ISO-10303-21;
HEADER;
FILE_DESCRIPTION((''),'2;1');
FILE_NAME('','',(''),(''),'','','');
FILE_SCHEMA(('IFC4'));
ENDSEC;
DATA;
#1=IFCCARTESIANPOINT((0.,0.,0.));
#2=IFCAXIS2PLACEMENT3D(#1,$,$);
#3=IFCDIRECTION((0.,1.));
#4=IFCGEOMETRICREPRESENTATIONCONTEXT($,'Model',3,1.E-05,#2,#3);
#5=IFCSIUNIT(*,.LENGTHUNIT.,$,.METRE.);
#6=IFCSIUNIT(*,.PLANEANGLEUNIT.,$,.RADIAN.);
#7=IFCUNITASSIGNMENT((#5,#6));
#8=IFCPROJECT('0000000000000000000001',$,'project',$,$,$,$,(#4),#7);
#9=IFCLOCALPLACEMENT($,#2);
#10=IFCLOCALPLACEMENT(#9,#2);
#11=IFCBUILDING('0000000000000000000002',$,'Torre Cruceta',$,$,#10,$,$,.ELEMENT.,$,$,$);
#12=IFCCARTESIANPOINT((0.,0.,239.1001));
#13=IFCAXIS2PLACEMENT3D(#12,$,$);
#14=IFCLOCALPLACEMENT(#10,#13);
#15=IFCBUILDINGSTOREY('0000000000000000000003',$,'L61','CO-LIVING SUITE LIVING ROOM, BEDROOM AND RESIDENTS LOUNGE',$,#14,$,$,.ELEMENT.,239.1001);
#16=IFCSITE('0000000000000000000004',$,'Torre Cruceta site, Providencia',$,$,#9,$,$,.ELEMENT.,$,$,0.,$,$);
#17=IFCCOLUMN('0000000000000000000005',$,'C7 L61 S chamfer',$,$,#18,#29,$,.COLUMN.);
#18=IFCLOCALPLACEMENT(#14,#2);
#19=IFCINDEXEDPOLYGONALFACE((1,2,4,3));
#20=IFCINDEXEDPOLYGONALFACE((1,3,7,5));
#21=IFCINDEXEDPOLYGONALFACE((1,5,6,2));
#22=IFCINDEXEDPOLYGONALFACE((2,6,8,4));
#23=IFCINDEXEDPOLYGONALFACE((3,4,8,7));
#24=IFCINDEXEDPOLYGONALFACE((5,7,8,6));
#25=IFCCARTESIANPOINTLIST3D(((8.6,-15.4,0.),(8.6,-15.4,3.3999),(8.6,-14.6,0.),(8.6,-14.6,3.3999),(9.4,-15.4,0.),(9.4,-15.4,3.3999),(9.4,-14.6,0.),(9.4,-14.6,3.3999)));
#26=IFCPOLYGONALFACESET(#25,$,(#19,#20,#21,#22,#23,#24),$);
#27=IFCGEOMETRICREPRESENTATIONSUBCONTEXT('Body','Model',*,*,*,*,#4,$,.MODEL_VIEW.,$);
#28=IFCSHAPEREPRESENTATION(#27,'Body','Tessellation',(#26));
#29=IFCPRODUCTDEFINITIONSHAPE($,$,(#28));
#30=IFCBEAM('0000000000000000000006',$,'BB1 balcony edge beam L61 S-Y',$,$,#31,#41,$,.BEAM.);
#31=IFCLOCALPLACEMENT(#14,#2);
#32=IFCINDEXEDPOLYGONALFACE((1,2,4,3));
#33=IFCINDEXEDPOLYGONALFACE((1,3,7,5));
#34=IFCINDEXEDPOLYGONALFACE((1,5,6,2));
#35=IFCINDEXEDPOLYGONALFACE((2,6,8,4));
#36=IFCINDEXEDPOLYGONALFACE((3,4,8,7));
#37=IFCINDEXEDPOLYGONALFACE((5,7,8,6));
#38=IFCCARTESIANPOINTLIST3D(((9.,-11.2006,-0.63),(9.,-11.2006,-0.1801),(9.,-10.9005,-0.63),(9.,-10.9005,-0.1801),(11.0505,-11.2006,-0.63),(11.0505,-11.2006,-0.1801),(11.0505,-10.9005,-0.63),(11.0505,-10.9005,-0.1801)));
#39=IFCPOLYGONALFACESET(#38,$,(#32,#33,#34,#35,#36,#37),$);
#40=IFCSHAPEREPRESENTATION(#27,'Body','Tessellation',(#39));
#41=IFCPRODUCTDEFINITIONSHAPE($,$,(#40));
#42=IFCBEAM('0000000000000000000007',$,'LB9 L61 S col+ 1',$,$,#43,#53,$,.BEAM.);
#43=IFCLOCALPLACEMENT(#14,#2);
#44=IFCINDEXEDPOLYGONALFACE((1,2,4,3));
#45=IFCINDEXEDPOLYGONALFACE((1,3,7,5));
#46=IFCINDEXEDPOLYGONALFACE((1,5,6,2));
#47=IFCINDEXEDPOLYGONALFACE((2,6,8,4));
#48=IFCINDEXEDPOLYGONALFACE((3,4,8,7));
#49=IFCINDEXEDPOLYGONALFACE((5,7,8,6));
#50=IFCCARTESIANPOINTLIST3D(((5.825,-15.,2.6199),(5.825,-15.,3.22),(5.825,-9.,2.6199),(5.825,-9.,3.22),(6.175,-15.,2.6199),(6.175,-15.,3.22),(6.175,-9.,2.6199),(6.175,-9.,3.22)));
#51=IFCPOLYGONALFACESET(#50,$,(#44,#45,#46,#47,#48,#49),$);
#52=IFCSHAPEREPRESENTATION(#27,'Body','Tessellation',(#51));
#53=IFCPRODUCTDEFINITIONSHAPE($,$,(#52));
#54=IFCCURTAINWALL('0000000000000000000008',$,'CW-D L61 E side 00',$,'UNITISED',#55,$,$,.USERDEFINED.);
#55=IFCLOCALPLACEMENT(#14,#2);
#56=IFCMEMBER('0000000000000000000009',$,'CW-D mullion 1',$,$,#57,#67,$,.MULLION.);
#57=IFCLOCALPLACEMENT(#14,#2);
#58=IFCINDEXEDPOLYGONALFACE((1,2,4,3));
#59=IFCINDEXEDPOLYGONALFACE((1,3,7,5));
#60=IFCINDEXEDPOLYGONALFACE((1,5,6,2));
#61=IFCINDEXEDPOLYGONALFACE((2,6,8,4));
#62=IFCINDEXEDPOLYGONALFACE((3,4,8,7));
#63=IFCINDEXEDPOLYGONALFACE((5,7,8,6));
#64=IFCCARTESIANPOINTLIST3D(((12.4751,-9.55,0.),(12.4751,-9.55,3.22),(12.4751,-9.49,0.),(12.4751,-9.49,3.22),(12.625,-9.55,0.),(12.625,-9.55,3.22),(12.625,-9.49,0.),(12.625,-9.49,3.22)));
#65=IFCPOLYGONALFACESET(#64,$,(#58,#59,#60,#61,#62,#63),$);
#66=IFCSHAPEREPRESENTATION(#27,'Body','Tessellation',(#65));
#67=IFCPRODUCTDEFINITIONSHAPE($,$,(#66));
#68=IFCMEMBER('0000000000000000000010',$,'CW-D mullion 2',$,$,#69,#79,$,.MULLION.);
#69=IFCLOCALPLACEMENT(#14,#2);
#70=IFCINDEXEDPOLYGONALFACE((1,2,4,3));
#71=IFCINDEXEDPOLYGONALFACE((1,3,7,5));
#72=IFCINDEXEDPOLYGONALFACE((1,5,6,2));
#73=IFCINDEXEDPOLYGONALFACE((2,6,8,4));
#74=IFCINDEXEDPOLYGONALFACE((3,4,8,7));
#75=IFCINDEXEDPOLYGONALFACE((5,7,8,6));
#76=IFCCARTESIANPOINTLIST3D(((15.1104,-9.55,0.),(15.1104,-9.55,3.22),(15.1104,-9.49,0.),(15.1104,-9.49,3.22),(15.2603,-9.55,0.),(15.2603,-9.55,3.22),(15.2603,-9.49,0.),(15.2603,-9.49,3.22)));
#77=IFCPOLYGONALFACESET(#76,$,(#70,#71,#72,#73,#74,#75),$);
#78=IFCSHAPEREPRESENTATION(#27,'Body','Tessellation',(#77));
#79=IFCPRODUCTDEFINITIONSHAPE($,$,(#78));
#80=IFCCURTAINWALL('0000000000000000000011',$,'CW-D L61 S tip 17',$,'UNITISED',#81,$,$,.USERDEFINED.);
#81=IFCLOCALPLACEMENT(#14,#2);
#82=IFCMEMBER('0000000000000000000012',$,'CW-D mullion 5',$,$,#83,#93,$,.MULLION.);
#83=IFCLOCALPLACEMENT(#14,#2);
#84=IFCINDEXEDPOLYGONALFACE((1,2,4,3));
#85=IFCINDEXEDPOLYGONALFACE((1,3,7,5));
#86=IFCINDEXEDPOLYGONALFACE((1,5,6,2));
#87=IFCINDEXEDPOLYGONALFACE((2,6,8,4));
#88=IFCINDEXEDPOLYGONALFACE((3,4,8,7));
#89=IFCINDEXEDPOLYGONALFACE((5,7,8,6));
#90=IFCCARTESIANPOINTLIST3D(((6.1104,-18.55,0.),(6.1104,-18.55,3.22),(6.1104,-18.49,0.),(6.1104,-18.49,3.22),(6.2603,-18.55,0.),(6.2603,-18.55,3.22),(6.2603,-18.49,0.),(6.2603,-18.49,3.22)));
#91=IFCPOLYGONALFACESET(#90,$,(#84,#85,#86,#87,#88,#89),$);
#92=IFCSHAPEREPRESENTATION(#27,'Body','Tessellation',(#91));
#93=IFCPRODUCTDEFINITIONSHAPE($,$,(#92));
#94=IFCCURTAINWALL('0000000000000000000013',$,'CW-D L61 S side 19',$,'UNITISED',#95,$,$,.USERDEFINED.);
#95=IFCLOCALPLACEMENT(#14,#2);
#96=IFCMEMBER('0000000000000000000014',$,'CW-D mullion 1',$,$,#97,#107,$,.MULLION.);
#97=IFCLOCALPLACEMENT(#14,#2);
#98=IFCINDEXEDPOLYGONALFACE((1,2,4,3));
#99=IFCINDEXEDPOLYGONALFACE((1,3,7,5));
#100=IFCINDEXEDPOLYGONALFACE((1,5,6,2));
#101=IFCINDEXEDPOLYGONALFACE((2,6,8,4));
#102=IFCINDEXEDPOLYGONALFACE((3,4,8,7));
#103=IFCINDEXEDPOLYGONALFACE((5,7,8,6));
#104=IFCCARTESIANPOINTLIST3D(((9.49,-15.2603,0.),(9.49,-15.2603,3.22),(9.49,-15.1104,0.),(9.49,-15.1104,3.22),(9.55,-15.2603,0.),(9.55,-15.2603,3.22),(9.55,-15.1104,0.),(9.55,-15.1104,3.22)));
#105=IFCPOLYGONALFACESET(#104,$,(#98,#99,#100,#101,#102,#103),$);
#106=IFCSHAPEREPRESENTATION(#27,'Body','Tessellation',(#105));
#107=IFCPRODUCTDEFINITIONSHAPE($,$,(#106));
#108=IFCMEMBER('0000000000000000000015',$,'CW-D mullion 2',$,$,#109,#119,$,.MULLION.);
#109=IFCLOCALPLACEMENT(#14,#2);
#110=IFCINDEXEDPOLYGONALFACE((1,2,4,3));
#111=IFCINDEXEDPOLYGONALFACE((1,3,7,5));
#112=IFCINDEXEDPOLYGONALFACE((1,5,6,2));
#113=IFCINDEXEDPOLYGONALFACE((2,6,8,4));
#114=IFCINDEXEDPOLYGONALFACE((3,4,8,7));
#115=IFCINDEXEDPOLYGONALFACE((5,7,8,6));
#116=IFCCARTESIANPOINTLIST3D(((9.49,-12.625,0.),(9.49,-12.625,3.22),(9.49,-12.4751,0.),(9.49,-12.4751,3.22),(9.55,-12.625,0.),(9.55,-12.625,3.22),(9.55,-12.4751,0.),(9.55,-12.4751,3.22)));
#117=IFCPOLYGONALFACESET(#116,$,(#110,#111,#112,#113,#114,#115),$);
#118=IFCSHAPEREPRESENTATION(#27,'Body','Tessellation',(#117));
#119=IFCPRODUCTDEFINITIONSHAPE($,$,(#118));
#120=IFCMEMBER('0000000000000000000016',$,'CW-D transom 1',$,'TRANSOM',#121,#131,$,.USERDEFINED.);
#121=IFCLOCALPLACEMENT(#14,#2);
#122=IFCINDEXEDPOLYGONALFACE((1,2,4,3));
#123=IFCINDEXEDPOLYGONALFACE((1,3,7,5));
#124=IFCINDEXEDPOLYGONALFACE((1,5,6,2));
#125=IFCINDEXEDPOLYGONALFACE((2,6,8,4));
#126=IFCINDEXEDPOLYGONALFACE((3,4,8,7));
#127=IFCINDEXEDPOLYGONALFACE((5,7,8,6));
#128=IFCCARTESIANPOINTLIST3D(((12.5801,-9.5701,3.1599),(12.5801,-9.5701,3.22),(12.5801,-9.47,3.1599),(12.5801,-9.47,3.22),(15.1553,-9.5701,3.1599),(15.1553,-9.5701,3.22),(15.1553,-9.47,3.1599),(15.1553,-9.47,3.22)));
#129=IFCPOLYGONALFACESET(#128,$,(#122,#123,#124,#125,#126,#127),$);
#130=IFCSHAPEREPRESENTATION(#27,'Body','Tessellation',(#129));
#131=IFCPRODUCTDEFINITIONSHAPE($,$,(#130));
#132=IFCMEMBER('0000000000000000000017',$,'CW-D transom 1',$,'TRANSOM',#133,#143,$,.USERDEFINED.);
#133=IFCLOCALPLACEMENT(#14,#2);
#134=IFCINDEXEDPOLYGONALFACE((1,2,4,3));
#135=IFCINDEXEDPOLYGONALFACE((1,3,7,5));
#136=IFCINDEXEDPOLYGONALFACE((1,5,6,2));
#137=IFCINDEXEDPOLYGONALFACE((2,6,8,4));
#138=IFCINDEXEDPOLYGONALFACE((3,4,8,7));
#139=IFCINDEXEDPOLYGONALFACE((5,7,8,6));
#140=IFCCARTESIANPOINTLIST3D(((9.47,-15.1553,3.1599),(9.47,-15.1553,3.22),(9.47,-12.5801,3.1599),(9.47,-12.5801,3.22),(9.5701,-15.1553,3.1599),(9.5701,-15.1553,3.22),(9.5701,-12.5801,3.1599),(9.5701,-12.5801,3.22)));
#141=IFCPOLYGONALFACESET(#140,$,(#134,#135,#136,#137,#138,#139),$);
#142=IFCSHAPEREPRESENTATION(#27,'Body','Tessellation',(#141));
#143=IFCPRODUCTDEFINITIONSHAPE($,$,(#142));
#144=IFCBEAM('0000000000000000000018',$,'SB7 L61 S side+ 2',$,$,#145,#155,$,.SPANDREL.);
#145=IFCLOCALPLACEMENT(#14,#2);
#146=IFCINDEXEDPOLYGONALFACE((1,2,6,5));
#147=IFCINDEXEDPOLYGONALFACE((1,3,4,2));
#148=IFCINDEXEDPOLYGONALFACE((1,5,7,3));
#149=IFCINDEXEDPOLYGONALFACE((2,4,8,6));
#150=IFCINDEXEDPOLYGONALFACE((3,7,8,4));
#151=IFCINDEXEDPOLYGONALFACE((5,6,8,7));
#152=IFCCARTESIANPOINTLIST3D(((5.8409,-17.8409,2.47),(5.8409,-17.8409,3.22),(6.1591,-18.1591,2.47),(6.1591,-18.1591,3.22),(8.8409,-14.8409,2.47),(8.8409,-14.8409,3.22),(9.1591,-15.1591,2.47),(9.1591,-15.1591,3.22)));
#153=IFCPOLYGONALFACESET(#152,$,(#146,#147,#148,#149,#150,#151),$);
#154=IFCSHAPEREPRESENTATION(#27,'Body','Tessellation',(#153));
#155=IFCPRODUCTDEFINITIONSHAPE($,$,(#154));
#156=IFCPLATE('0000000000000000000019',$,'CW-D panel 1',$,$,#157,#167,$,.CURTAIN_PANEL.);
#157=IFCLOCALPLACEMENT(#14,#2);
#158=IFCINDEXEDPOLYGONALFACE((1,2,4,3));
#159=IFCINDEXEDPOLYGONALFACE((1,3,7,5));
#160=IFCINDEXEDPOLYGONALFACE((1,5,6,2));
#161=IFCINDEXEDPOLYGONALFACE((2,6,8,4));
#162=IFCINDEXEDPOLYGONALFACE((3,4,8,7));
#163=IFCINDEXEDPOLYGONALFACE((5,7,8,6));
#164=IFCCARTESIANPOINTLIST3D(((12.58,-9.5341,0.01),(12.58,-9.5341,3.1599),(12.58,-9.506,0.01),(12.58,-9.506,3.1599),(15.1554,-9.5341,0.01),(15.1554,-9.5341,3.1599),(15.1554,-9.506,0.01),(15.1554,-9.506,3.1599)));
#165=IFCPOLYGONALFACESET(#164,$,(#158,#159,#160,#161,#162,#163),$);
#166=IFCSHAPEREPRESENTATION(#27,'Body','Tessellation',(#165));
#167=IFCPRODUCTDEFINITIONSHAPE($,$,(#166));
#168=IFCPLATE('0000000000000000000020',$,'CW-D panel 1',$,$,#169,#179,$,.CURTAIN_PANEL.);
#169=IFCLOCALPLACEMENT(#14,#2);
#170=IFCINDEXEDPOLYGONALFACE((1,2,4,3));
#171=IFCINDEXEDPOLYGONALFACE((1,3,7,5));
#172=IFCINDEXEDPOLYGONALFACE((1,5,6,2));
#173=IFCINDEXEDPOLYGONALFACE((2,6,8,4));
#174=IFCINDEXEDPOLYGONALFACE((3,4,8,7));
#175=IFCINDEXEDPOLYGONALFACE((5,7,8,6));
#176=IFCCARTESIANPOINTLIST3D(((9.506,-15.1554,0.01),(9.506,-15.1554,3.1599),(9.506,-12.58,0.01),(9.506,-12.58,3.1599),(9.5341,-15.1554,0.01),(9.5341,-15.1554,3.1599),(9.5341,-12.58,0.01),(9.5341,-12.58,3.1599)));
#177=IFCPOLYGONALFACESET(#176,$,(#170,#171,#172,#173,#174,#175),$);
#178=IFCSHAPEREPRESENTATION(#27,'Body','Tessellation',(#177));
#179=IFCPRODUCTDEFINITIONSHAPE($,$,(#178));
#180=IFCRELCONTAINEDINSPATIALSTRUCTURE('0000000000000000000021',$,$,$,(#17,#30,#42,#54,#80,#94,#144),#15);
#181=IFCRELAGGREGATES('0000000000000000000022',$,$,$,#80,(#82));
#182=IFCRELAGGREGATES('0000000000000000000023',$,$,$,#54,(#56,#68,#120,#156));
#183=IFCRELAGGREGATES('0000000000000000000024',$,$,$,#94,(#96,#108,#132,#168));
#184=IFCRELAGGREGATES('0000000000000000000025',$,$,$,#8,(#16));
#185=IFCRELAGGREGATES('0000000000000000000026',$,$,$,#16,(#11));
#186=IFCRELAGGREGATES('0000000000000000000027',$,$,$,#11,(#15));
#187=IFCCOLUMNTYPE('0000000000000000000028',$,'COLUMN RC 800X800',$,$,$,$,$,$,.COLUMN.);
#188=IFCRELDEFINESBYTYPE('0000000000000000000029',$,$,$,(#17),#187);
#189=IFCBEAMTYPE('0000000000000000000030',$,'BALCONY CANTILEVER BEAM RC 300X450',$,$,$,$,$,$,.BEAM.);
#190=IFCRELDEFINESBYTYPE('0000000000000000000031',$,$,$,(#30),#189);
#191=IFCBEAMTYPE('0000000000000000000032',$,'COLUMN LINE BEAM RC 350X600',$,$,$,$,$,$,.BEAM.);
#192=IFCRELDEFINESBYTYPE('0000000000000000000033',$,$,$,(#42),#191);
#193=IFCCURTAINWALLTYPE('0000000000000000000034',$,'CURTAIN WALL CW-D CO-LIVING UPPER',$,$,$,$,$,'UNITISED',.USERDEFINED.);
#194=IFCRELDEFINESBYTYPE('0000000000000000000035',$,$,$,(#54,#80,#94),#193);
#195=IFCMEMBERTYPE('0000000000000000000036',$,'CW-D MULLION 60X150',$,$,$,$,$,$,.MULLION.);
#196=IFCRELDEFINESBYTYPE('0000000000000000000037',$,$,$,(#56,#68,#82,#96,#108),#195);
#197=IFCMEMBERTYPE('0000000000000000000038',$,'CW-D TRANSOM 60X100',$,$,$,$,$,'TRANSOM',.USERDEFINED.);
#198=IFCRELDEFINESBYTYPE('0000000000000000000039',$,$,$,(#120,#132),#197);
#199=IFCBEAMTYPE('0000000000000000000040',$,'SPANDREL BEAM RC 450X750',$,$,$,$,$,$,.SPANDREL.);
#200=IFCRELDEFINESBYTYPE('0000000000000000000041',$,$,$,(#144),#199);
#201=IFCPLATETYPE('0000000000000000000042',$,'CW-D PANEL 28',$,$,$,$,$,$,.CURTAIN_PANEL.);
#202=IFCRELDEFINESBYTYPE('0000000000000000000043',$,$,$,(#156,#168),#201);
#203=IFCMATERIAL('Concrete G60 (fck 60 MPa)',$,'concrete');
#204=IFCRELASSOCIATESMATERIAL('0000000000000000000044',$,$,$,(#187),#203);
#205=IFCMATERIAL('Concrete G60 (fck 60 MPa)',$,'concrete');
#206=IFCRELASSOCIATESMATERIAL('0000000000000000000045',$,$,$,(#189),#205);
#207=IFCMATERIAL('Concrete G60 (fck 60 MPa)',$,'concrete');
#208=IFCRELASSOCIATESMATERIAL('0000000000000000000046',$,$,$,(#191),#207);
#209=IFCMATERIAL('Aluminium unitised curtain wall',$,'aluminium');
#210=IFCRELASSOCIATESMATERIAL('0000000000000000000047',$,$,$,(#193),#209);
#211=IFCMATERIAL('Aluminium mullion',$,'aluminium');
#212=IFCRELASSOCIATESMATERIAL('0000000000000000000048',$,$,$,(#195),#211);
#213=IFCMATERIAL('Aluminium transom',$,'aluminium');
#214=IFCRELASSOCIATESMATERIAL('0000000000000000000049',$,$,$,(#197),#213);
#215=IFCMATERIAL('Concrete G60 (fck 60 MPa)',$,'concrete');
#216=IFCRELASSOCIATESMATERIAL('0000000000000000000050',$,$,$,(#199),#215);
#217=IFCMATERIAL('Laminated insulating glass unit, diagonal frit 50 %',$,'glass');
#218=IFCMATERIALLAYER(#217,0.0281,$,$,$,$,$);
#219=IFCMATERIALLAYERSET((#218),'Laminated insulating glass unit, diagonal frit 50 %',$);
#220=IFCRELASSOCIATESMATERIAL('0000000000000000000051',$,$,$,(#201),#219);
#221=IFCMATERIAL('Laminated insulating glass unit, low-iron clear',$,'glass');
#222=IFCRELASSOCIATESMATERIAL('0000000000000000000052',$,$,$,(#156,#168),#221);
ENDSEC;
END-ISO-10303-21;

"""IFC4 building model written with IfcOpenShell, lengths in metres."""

from ifc_helpers import new_model, si_unit, direction, frame, origin, origin_2d, place, context, subcontext, project, spatial, rectangle, extrude, material, layer, layer_set, material_profile, profile_set, type_object, element, aggregate, save


model = new_model("IFC4")

# Units and contexts
model_context = context("Model", 3, precision=1e-05, world=origin(), true_north=direction((0.0, 1.0)))
body_context = subcontext(model_context, "Body", "Model", "MODEL_VIEW")
ifc_project = project(units=[si_unit("LENGTHUNIT", "METRE"), si_unit("PLANEANGLEUNIT", "RADIAN")], contexts=[model_context])

# Site, building, storey
site_placement = place(None, origin())
site = spatial("IfcSite", under=ifc_project, at=site_placement, Name="Torre Cruceta site, Providencia", CompositionType="ELEMENT", RefElevation=0.0)
building_placement = place(site_placement, origin())
building = spatial("IfcBuilding", under=site, at=building_placement, Name="Torre Cruceta", CompositionType="ELEMENT")
storey_placement = place(building_placement, frame((0.0, 0.0, 239.1001)))
storey = spatial("IfcBuildingStorey", under=building, at=storey_placement, Name="L61", Description="CO-LIVING SUITE LIVING ROOM, BEDROOM AND RESIDENTS LOUNGE", CompositionType="ELEMENT", Elevation=239.1001)

# Column
ifc_material_1 = material(Name="Concrete G60 (fck 60 MPa)", Category="concrete")
ifc_material_profile_1 = material_profile(ifc_material_1, rectangle(XDim=0.8, YDim=0.8, at=origin_2d()), Name="RC 800X800")
ifc_profile_set_1 = profile_set([ifc_material_profile_1], Name="Concrete G60 (fck 60 MPa)")
column_type = type_object("IfcColumnType", Name="COLUMN RC 800X800", PredefinedType="COLUMN", material=ifc_profile_set_1)
column_placement = place(storey_placement, frame((9.0, -15.0, 0.0), z_axis=(0.0, 0.0, 1.0), x_axis=(1.0, 0.0, 0.0)))
element("IfcColumn", 1, at=column_placement, inside=storey, type_object=column_type, Name="C7 L61 S chamfer", PredefinedType="COLUMN", context=body_context, shape_type="SweptSolid", body=[
    extrude(rectangle(XDim=0.8, YDim=0.8, at=origin_2d()), origin(), (0.0, 0.0, 1.0), 3.3999),
])

# Beams
ifc_material_2 = material(Name="Concrete G60 (fck 60 MPa)", Category="concrete")
ifc_material_profile_2 = material_profile(ifc_material_2, rectangle(XDim=0.3, YDim=0.45, at=origin_2d()), Name="RC 300X450")
ifc_profile_set_2 = profile_set([ifc_material_profile_2], Name="Concrete G60 (fck 60 MPa)")
beam_type_1 = type_object("IfcBeamType", Name="BALCONY CANTILEVER BEAM RC 300X450", PredefinedType="BEAM", material=ifc_profile_set_2)
beam_1_placement = place(storey_placement, frame((9.0, -11.0505, -0.405), z_axis=(1.0, 0.0, 0.0), x_axis=(0.0, 1.0, 0.0)))
element("IfcBeam", 2, at=beam_1_placement, inside=storey, type_object=beam_type_1, Name="BB1 balcony edge beam L61 S-Y", PredefinedType="BEAM", context=body_context, shape_type="SweptSolid", body=[
    extrude(rectangle(XDim=0.3, YDim=0.45, at=origin_2d()), origin(), (0.0, 0.0, 1.0), 2.0505),
])
ifc_material_3 = material(Name="Concrete G60 (fck 60 MPa)", Category="concrete")
ifc_material_profile_3 = material_profile(ifc_material_3, rectangle(XDim=0.3501, YDim=0.6001, at=origin_2d()), Name="RC 350X600")
ifc_profile_set_3 = profile_set([ifc_material_profile_3], Name="Concrete G60 (fck 60 MPa)")
beam_type_2 = type_object("IfcBeamType", Name="COLUMN LINE BEAM RC 350X600", PredefinedType="BEAM", material=ifc_profile_set_3)
beam_2_placement = place(storey_placement, frame((6.0, -9.0, 2.9199), z_axis=(0.0, -1.0, 0.0), x_axis=(1.0, 0.0, 0.0)))
element("IfcBeam", 3, at=beam_2_placement, inside=storey, type_object=beam_type_2, Name="LB9 L61 S col+ 1", PredefinedType="BEAM", context=body_context, shape_type="SweptSolid", body=[
    extrude(rectangle(XDim=0.3501, YDim=0.6001, at=origin_2d()), origin(), (0.0, 0.0, 1.0), 6.0),
])

# Curtain wall, members
ifc_material_4 = material(Name="Aluminium unitised curtain wall", Category="aluminium")
curtain_wall_type = type_object("IfcCurtainWallType", Name="CURTAIN WALL CW-D CO-LIVING UPPER", ElementType="UNITISED", PredefinedType="USERDEFINED", material=ifc_material_4)
curtain_wall_1_placement = place(storey_placement, origin())
curtain_wall_1 = element("IfcCurtainWall", 4, at=curtain_wall_1_placement, inside=storey, type_object=curtain_wall_type, Name="CW-D L61 E side 00", ObjectType="UNITISED", PredefinedType="USERDEFINED")
ifc_material_5 = material(Name="Aluminium mullion", Category="aluminium")
ifc_material_profile_4 = material_profile(ifc_material_5, rectangle(XDim=0.0601, YDim=0.1499, at=origin_2d()), Name="AL 60X150")
ifc_profile_set_4 = profile_set([ifc_material_profile_4], Name="Aluminium mullion")
member_type_1 = type_object("IfcMemberType", Name="CW-D MULLION 60X150", PredefinedType="MULLION", material=ifc_profile_set_4)
member_1_placement = place(storey_placement, frame((12.55, -9.52, 0.0), z_axis=(0.0, 0.0, 1.0), x_axis=(0.0, 1.0, 0.0)))
member_1 = element("IfcMember", 5, at=member_1_placement, type_object=member_type_1, Name="CW-D mullion 1", PredefinedType="MULLION", context=body_context, shape_type="SweptSolid", body=[
    extrude(rectangle(XDim=0.0601, YDim=0.1499, at=origin_2d()), origin(), (0.0, 0.0, 1.0), 3.22),
])
member_2_placement = place(storey_placement, frame((15.1853, -9.52, 0.0), z_axis=(0.0, 0.0, 1.0), x_axis=(0.0, 1.0, 0.0)))
member_2 = element("IfcMember", 6, at=member_2_placement, type_object=member_type_1, Name="CW-D mullion 2", PredefinedType="MULLION", context=body_context, shape_type="SweptSolid", body=[
    extrude(rectangle(XDim=0.0601, YDim=0.1499, at=origin_2d()), origin(), (0.0, 0.0, 1.0), 3.22),
])

# Curtain wall, member
curtain_wall_2_placement = place(storey_placement, origin())
curtain_wall_2 = element("IfcCurtainWall", 7, at=curtain_wall_2_placement, inside=storey, type_object=curtain_wall_type, Name="CW-D L61 S tip 17", ObjectType="UNITISED", PredefinedType="USERDEFINED")
member_3_placement = place(storey_placement, frame((6.1853, -18.52, 0.0), z_axis=(0.0, 0.0, 1.0), x_axis=(0.0, 1.0, 0.0)))
member_3 = element("IfcMember", 8, at=member_3_placement, type_object=member_type_1, Name="CW-D mullion 5", PredefinedType="MULLION", context=body_context, shape_type="SweptSolid", body=[
    extrude(rectangle(XDim=0.0601, YDim=0.1499, at=origin_2d()), origin(), (0.0, 0.0, 1.0), 3.22),
])
aggregate(curtain_wall_2, [member_3])

# Curtain wall, members
curtain_wall_3_placement = place(storey_placement, origin())
curtain_wall_3 = element("IfcCurtainWall", 9, at=curtain_wall_3_placement, inside=storey, type_object=curtain_wall_type, Name="CW-D L61 S side 19", ObjectType="UNITISED", PredefinedType="USERDEFINED")
member_4_placement = place(storey_placement, frame((9.52, -15.1853, 0.0), z_axis=(0.0, 0.0, 1.0), x_axis=(-1.0, 0.0, 0.0)))
member_4 = element("IfcMember", 10, at=member_4_placement, type_object=member_type_1, Name="CW-D mullion 1", PredefinedType="MULLION", context=body_context, shape_type="SweptSolid", body=[
    extrude(rectangle(XDim=0.0601, YDim=0.1499, at=origin_2d()), origin(), (0.0, 0.0, 1.0), 3.22),
])
member_5_placement = place(storey_placement, frame((9.52, -12.55, 0.0), z_axis=(0.0, 0.0, 1.0), x_axis=(-1.0, 0.0, 0.0)))
member_5 = element("IfcMember", 11, at=member_5_placement, type_object=member_type_1, Name="CW-D mullion 2", PredefinedType="MULLION", context=body_context, shape_type="SweptSolid", body=[
    extrude(rectangle(XDim=0.0601, YDim=0.1499, at=origin_2d()), origin(), (0.0, 0.0, 1.0), 3.22),
])

# Members
ifc_material_6 = material(Name="Aluminium transom", Category="aluminium")
ifc_material_profile_5 = material_profile(ifc_material_6, rectangle(XDim=0.1001, YDim=0.0601, at=origin_2d()), Name="AL 100X60")
ifc_profile_set_5 = profile_set([ifc_material_profile_5], Name="Aluminium transom")
member_type_2 = type_object("IfcMemberType", Name="CW-D TRANSOM 60X100", ElementType="TRANSOM", PredefinedType="USERDEFINED", material=ifc_profile_set_5)
member_6_placement = place(storey_placement, frame((12.5801, -9.52, 3.1899), z_axis=(1.0, 0.0, 0.0), x_axis=(0.0, 1.0, 0.0)))
member_6 = element("IfcMember", 12, at=member_6_placement, type_object=member_type_2, Name="CW-D transom 1", ObjectType="TRANSOM", PredefinedType="USERDEFINED", context=body_context, shape_type="SweptSolid", body=[
    extrude(rectangle(XDim=0.1001, YDim=0.0601, at=origin_2d()), origin(), (0.0, 0.0, 1.0), 2.5752),
])
member_7_placement = place(storey_placement, frame((9.52, -15.1553, 3.1899), z_axis=(0.0, 1.0, 0.0), x_axis=(-1.0, 0.0, 0.0)))
member_7 = element("IfcMember", 13, at=member_7_placement, type_object=member_type_2, Name="CW-D transom 1", ObjectType="TRANSOM", PredefinedType="USERDEFINED", context=body_context, shape_type="SweptSolid", body=[
    extrude(rectangle(XDim=0.1001, YDim=0.0601, at=origin_2d()), origin(), (0.0, 0.0, 1.0), 2.5752),
])

# Beam
ifc_material_7 = material(Name="Concrete G60 (fck 60 MPa)", Category="concrete")
ifc_material_profile_6 = material_profile(ifc_material_7, rectangle(XDim=0.45, YDim=0.75, at=origin_2d()), Name="RC 450X750")
ifc_profile_set_6 = profile_set([ifc_material_profile_6], Name="Concrete G60 (fck 60 MPa)")
beam_type_3 = type_object("IfcBeamType", Name="SPANDREL BEAM RC 450X750", PredefinedType="SPANDREL", material=ifc_profile_set_6)
beam_3_placement = place(storey_placement, frame((9.0, -15.0, 2.845), z_axis=(-0.707107, -0.707107, 0.0), x_axis=(0.707107, -0.707107, 0.0)))
element("IfcBeam", 14, at=beam_3_placement, inside=storey, type_object=beam_type_3, Name="SB7 L61 S side+ 2", PredefinedType="SPANDREL", context=body_context, shape_type="SweptSolid", body=[
    extrude(rectangle(XDim=0.45, YDim=0.75, at=origin_2d()), origin(), (0.0, 0.0, 1.0), 4.2427),
])

# Plates
ifc_material_8 = material(Name="Laminated insulating glass unit, low-iron clear", Category="glass")
ifc_material_9 = material(Name="Laminated insulating glass unit, diagonal frit 50 %", Category="glass")
ifc_layer_1 = layer(ifc_material_9, 0.0281)
ifc_layer_set_1 = layer_set([ifc_layer_1], Name="Laminated insulating glass unit, diagonal frit 50 %")
plate_type = type_object("IfcPlateType", Name="CW-D PANEL 28", PredefinedType="CURTAIN_PANEL", material=ifc_layer_set_1)
plate_1_placement = place(storey_placement, frame((13.8677, -9.52, 0.01), z_axis=(0.0, 0.0, 1.0), x_axis=(1.0, 0.0, 0.0)))
plate_1 = element("IfcPlate", 15, at=plate_1_placement, type_object=plate_type, material=ifc_material_8, Name="CW-D panel 1", PredefinedType="CURTAIN_PANEL", context=body_context, shape_type="SweptSolid", body=[
    extrude(rectangle(XDim=2.5754, YDim=0.0281, at=origin_2d()), origin(), (0.0, 0.0, 1.0), 3.1499),
])
aggregate(curtain_wall_1, [member_1, member_2, member_6, plate_1])
plate_2_placement = place(storey_placement, frame((9.52, -13.8677, 0.01), z_axis=(0.0, 0.0, 1.0), x_axis=(0.0, 1.0, 0.0)))
plate_2 = element("IfcPlate", 16, at=plate_2_placement, type_object=plate_type, material=ifc_material_8, Name="CW-D panel 1", PredefinedType="CURTAIN_PANEL", context=body_context, shape_type="SweptSolid", body=[
    extrude(rectangle(XDim=2.5754, YDim=0.0281, at=origin_2d()), origin(), (0.0, 0.0, 1.0), 3.1499),
])
aggregate(curtain_wall_3, [member_4, member_5, member_7, plate_2])

save(model, "model.ifc")
